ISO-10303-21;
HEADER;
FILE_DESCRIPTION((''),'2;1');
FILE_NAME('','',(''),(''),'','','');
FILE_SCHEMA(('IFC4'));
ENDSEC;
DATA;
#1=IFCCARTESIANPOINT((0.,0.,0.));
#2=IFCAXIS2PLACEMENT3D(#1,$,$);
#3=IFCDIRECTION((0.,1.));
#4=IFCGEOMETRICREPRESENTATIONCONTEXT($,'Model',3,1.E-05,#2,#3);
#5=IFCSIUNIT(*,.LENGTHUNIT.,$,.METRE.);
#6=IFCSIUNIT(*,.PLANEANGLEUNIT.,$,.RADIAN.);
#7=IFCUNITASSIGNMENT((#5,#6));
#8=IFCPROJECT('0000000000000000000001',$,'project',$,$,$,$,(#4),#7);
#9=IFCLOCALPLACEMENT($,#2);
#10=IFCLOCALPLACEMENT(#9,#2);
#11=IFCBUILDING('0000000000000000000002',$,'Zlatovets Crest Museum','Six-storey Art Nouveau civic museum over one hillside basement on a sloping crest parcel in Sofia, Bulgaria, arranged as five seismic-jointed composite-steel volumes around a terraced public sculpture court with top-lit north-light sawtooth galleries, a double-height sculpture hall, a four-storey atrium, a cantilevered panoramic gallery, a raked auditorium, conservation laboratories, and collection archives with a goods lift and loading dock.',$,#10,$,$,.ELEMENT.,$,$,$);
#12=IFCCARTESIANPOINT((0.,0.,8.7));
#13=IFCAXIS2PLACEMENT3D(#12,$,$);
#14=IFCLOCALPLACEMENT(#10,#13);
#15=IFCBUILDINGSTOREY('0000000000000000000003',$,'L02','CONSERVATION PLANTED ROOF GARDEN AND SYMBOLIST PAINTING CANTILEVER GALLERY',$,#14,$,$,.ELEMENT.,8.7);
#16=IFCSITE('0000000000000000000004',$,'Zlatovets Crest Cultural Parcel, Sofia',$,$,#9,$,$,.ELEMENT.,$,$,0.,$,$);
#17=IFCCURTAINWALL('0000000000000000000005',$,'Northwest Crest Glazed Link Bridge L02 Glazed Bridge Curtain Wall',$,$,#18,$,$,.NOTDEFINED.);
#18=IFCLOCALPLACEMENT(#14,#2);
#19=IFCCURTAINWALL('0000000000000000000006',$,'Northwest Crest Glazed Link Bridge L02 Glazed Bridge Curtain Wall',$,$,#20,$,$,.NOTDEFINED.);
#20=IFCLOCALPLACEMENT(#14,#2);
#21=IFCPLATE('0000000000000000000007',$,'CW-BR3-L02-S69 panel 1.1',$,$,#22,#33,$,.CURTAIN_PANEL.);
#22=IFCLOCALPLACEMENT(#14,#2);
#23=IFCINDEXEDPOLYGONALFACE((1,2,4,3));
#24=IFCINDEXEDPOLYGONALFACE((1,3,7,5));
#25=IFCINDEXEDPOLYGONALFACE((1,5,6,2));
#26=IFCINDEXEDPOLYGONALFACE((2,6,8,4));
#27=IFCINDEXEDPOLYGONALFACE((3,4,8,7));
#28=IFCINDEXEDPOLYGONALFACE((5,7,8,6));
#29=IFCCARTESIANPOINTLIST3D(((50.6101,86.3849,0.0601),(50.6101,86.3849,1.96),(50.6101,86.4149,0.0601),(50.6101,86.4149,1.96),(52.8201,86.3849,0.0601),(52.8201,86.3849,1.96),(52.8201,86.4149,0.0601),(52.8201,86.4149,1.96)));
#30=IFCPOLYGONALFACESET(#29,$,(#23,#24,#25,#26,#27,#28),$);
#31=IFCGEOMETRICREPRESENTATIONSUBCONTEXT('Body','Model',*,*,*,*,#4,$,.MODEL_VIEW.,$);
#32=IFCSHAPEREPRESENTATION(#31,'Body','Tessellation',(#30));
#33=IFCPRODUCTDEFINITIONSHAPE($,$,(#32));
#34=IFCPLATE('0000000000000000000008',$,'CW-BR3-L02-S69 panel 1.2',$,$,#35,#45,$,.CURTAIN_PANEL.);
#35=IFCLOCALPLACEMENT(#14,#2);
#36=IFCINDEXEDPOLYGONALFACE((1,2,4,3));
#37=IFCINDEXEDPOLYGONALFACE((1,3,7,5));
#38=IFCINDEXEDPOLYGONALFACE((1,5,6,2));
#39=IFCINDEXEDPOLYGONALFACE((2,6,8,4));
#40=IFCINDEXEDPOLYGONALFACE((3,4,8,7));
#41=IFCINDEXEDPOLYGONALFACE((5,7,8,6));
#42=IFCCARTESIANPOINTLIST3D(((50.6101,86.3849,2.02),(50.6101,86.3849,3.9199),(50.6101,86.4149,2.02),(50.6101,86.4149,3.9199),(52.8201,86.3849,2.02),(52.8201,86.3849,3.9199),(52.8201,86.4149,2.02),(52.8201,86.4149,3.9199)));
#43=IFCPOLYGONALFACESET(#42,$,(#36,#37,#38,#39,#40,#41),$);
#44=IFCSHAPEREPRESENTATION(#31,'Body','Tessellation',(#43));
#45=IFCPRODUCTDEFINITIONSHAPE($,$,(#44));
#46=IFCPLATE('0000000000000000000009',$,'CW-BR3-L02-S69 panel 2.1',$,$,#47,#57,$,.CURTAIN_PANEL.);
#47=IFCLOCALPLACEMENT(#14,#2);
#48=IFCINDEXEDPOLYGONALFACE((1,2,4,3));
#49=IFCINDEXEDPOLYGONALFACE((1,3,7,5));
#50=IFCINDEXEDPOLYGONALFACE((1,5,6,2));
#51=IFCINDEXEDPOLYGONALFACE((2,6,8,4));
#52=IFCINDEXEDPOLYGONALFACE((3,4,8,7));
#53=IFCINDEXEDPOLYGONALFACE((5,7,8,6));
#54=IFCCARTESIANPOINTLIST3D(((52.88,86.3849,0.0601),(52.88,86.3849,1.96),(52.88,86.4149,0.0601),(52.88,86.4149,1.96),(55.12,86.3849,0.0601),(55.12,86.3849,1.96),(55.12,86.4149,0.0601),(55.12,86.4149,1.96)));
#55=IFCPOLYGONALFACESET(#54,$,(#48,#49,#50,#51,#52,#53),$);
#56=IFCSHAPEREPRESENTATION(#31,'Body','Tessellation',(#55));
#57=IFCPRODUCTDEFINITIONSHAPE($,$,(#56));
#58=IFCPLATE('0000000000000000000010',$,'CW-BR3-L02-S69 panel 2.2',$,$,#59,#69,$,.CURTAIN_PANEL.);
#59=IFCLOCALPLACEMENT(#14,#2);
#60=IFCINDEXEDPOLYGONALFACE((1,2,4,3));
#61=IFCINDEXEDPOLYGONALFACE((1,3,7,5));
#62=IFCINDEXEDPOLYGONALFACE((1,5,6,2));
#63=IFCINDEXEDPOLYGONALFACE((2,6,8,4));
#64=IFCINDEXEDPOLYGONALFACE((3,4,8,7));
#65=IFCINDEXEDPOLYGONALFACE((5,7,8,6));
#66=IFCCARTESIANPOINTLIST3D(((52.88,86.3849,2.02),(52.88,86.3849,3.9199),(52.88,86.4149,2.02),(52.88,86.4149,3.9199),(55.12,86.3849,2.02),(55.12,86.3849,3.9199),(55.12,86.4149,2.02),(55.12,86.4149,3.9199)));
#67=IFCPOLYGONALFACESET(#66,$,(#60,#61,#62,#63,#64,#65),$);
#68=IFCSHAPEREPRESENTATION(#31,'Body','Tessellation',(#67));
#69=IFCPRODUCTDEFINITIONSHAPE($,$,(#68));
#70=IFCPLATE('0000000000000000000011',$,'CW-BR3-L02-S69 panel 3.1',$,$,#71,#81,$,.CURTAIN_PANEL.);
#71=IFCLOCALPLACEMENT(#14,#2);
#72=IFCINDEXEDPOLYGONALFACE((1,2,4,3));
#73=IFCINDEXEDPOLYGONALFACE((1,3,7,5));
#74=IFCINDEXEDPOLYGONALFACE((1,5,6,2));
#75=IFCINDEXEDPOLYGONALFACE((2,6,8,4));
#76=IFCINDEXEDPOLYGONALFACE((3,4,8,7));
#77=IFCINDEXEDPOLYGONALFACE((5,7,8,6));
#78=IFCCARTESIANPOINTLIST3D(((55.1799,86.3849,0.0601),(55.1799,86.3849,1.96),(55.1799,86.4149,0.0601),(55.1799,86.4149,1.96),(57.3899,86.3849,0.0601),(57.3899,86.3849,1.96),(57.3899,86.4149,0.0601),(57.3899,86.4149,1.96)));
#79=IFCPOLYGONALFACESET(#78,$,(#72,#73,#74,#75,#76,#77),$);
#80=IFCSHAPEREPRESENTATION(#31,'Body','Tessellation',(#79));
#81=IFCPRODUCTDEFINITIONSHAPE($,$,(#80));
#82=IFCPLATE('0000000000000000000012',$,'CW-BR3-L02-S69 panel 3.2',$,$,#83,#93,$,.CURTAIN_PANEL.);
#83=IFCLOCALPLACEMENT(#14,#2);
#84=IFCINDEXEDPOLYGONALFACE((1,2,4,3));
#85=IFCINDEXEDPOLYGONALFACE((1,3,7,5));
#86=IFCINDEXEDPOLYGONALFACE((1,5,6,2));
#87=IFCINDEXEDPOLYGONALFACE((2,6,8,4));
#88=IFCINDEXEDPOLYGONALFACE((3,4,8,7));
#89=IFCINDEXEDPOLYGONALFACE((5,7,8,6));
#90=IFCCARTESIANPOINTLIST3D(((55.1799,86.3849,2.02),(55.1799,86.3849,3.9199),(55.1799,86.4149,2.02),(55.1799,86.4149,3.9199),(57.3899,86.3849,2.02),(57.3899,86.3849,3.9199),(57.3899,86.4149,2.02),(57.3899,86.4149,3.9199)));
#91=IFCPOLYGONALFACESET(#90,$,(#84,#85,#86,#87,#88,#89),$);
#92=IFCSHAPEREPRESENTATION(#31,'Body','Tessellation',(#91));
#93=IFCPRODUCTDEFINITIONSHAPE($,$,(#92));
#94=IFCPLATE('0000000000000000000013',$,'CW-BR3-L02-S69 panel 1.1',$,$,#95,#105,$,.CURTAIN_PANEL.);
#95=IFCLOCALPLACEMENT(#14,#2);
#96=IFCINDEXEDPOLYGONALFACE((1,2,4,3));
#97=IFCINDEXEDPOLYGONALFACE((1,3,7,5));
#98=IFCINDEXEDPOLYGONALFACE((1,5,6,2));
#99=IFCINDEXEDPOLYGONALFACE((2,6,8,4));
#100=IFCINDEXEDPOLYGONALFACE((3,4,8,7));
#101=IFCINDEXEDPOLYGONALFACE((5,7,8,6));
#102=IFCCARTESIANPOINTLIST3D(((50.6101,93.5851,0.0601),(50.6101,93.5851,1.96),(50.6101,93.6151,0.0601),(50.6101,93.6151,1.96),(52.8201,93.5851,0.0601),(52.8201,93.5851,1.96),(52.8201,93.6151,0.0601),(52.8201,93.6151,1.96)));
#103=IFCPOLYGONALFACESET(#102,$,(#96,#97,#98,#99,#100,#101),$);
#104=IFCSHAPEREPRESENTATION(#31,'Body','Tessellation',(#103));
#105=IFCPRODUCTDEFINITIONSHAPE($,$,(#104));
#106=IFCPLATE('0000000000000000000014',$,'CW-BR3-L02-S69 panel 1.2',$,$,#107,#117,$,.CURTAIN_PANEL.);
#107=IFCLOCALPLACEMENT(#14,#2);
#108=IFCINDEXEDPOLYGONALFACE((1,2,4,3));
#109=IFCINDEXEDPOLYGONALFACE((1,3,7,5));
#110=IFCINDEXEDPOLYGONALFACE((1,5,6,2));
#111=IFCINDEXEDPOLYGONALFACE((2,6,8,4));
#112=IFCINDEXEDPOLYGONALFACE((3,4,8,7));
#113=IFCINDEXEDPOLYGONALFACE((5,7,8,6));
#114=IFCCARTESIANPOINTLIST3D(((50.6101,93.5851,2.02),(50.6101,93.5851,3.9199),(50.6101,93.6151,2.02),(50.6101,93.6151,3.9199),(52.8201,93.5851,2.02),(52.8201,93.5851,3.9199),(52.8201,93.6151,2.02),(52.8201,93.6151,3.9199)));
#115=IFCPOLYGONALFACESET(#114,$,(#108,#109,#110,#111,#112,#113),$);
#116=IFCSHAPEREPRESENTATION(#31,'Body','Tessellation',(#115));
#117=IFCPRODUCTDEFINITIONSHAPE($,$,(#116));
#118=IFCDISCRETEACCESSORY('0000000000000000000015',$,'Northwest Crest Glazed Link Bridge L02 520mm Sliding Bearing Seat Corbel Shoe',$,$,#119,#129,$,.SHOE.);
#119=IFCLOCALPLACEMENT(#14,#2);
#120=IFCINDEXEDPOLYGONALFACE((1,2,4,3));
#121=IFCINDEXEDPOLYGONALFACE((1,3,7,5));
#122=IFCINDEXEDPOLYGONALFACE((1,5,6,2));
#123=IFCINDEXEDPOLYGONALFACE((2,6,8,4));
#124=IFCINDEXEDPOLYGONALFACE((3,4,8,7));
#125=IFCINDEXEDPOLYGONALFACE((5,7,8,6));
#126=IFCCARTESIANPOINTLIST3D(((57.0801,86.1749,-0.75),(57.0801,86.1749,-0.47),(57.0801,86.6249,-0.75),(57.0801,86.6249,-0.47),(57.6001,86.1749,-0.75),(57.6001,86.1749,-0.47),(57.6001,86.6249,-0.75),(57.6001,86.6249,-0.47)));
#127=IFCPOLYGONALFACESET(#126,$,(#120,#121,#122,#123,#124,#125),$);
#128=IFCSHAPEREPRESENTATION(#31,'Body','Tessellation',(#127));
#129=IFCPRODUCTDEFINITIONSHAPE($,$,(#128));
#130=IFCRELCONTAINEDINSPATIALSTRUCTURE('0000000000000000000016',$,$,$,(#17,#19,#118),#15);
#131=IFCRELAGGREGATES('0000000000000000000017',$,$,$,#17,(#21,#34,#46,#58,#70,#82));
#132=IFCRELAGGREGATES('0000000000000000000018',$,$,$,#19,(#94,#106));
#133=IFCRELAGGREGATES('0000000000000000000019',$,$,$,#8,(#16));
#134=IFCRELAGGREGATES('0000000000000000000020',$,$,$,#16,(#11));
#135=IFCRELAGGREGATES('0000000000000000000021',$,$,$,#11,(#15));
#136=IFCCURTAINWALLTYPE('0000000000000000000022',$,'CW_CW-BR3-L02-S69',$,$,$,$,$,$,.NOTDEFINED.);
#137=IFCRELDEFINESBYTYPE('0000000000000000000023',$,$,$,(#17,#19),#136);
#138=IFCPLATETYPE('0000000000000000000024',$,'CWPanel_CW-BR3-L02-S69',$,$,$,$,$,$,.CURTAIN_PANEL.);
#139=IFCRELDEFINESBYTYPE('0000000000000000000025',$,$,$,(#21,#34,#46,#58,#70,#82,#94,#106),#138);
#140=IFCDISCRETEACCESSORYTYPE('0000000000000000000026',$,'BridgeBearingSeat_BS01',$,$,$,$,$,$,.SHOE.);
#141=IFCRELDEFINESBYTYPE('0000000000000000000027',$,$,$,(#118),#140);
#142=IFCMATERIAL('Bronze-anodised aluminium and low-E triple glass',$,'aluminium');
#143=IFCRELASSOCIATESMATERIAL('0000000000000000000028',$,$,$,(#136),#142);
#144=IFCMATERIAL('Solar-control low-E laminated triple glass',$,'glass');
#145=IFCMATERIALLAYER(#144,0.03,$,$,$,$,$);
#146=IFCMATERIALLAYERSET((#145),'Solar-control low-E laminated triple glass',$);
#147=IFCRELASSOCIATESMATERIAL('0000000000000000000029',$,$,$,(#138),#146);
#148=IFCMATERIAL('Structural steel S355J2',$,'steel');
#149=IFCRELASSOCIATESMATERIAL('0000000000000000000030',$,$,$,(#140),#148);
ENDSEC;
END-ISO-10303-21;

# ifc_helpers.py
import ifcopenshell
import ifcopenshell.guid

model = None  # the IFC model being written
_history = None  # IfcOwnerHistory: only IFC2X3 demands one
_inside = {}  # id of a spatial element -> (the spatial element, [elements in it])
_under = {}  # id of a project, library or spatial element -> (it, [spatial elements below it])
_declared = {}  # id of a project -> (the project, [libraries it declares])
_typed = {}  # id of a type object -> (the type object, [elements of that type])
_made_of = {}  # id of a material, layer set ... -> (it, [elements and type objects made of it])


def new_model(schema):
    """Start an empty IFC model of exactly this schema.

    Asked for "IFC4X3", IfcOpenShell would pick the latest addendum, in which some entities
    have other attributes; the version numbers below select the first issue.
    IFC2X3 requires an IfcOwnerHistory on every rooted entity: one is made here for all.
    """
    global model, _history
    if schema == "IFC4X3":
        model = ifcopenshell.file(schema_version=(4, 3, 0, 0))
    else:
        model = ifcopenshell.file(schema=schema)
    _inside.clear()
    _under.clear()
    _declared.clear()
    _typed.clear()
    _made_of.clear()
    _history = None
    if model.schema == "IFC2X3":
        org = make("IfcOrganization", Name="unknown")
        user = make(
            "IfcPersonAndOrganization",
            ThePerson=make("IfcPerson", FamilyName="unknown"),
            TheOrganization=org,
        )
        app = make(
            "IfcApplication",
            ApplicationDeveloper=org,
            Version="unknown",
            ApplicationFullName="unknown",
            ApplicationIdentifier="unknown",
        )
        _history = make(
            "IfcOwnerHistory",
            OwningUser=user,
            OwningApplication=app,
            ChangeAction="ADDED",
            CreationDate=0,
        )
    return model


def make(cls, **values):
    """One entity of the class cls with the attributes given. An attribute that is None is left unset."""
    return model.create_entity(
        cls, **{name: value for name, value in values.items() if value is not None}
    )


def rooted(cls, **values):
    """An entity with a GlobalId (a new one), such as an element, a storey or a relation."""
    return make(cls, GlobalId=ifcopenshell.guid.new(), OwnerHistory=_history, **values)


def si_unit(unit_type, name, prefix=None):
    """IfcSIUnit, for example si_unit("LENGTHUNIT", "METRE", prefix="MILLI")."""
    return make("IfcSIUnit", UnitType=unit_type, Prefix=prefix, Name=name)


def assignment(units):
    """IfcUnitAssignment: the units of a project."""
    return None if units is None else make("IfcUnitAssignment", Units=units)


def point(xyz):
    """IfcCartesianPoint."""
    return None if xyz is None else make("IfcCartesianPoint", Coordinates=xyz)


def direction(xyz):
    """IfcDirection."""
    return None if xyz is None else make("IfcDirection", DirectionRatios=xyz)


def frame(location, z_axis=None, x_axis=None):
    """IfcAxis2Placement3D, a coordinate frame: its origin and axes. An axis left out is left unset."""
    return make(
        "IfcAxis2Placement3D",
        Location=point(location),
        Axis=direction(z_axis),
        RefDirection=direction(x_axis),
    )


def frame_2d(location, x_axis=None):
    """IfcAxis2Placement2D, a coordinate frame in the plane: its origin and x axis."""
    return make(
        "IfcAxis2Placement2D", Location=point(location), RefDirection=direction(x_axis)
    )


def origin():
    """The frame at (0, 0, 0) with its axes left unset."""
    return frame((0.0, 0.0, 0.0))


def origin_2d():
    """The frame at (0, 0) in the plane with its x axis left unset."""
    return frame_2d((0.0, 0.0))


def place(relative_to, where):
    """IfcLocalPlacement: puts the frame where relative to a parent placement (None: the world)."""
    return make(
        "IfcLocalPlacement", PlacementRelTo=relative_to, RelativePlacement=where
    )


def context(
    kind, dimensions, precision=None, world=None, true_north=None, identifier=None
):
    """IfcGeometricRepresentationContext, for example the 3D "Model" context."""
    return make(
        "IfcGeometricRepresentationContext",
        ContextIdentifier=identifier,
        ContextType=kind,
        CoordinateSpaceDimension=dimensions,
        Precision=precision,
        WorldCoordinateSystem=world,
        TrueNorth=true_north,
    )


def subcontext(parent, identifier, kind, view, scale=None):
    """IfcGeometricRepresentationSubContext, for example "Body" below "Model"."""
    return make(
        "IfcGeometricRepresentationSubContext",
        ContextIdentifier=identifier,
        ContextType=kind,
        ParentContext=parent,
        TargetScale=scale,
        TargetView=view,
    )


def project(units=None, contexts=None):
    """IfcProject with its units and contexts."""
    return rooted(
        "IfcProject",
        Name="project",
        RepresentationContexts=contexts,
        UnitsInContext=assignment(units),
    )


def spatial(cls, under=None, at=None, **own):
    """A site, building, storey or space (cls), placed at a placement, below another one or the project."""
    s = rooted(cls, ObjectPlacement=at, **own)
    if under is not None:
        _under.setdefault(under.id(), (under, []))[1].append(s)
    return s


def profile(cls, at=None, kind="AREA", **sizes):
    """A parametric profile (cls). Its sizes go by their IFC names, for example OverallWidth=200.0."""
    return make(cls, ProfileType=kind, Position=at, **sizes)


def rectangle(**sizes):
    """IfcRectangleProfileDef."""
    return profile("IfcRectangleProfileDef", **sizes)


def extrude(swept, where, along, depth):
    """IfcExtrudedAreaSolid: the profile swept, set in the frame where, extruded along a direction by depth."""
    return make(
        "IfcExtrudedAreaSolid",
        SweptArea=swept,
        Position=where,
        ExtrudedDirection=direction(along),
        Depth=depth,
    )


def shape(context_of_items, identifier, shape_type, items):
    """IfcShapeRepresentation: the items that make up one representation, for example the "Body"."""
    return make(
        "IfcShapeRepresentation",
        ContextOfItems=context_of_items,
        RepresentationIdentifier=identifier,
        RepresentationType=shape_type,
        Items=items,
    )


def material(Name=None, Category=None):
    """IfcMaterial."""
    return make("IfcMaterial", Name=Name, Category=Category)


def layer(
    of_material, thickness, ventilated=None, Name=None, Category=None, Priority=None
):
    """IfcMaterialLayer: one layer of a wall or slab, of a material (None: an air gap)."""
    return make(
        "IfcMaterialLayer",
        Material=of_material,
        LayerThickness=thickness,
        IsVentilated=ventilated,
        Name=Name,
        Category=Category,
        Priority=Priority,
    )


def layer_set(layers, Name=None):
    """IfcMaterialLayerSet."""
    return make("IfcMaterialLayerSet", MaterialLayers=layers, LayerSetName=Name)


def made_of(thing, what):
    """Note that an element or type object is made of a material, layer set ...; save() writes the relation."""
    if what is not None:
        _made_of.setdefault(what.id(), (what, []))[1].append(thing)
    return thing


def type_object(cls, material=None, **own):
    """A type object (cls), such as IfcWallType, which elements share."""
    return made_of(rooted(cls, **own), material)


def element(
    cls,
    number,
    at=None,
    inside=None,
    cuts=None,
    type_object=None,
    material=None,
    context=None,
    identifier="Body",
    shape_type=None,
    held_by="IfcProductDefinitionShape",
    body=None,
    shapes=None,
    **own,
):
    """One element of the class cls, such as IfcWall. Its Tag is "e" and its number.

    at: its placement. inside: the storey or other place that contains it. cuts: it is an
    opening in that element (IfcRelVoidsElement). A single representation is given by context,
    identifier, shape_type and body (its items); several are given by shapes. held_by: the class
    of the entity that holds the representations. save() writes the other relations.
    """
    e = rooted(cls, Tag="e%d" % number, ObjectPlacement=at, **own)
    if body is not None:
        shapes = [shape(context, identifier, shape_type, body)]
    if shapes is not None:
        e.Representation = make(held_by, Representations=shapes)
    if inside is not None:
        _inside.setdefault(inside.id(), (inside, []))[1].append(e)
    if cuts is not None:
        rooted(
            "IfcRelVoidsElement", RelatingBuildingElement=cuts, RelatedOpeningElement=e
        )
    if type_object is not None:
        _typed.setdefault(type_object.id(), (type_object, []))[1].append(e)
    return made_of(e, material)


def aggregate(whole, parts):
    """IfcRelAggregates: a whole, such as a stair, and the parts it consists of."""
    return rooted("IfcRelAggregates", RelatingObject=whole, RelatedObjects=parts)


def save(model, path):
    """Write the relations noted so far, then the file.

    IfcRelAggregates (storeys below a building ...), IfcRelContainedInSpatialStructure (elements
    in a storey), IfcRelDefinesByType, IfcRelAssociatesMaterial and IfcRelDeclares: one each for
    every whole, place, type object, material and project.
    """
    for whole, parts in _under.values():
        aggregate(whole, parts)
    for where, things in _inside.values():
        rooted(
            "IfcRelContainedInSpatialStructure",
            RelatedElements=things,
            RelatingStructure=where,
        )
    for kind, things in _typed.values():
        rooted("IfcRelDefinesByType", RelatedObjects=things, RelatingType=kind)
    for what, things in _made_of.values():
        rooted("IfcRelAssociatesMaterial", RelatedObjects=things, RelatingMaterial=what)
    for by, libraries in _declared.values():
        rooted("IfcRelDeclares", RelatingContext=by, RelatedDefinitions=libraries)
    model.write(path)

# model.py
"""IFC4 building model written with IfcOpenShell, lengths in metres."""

from ifc_helpers import new_model, si_unit, direction, frame, origin, origin_2d, place, context, subcontext, project, spatial, rectangle, extrude, material, layer, layer_set, type_object, element, aggregate, save


model = new_model("IFC4")

# Units and contexts
model_context = context("Model", 3, precision=1e-05, world=origin(), true_north=direction((0.0, 1.0)))
body_context = subcontext(model_context, "Body", "Model", "MODEL_VIEW")
ifc_project = project(units=[si_unit("LENGTHUNIT", "METRE"), si_unit("PLANEANGLEUNIT", "RADIAN")], contexts=[model_context])

# Site, building, storey
site_placement = place(None, origin())
site = spatial("IfcSite", under=ifc_project, at=site_placement, Name="Zlatovets Crest Cultural Parcel, Sofia", CompositionType="ELEMENT", RefElevation=0.0)
building_placement = place(site_placement, origin())
building = spatial("IfcBuilding", under=site, at=building_placement, Name="Zlatovets Crest Museum", Description="Six-storey Art Nouveau civic museum over one hillside basement on a sloping crest parcel in Sofia, Bulgaria, arranged as five seismic-jointed composite-steel volumes around a terraced public sculpture court with top-lit north-light sawtooth galleries, a double-height sculpture hall, a four-storey atrium, a cantilevered panoramic gallery, a raked auditorium, conservation laboratories, and collection archives with a goods lift and loading dock.", CompositionType="ELEMENT")
storey_placement = place(building_placement, frame((0.0, 0.0, 8.7)))
storey = spatial("IfcBuildingStorey", under=building, at=storey_placement, Name="L02", Description="CONSERVATION PLANTED ROOF GARDEN AND SYMBOLIST PAINTING CANTILEVER GALLERY", CompositionType="ELEMENT", Elevation=8.7)

# Shared definitions
ifc_material_1 = material(Name="Structural steel S355J2", Category="steel")

# Curtain walls
ifc_material_2 = material(Name="Bronze-anodised aluminium and low-E triple glass", Category="aluminium")
curtain_wall_type = type_object("IfcCurtainWallType", Name="CW_CW-BR3-L02-S69", PredefinedType="NOTDEFINED", material=ifc_material_2)
curtain_wall_1_placement = place(storey_placement, origin())
curtain_wall_1 = element("IfcCurtainWall", 1, at=curtain_wall_1_placement, inside=storey, type_object=curtain_wall_type, Name="Northwest Crest Glazed Link Bridge L02 Glazed Bridge Curtain Wall", PredefinedType="NOTDEFINED")
curtain_wall_2_placement = place(storey_placement, origin())
curtain_wall_2 = element("IfcCurtainWall", 2, at=curtain_wall_2_placement, inside=storey, type_object=curtain_wall_type, Name="Northwest Crest Glazed Link Bridge L02 Glazed Bridge Curtain Wall", PredefinedType="NOTDEFINED")

# Plates
ifc_material_3 = material(Name="Solar-control low-E laminated triple glass", Category="glass")
ifc_layer = layer(ifc_material_3, 0.03)
ifc_layer_set = layer_set([ifc_layer], Name="Solar-control low-E laminated triple glass")
plate_type = type_object("IfcPlateType", Name="CWPanel_CW-BR3-L02-S69", PredefinedType="CURTAIN_PANEL", material=ifc_layer_set)
plate_1_placement = place(storey_placement, frame((51.7151, 86.3999, 0.0601), z_axis=(0.0, 0.0, 1.0), x_axis=(1.0, 0.0, 0.0)))
plate_1 = element("IfcPlate", 3, at=plate_1_placement, type_object=plate_type, Name="CW-BR3-L02-S69 panel 1.1", PredefinedType="CURTAIN_PANEL", context=body_context, shape_type="SweptSolid", body=[
    extrude(rectangle(XDim=2.21, YDim=0.03, at=origin_2d()), origin(), (0.0, 0.0, 1.0), 1.8999),
])
plate_2_placement = place(storey_placement, frame((51.7151, 86.3999, 2.02), z_axis=(0.0, 0.0, 1.0), x_axis=(1.0, 0.0, 0.0)))
plate_2 = element("IfcPlate", 4, at=plate_2_placement, type_object=plate_type, Name="CW-BR3-L02-S69 panel 1.2", PredefinedType="CURTAIN_PANEL", context=body_context, shape_type="SweptSolid", body=[
    extrude(rectangle(XDim=2.21, YDim=0.03, at=origin_2d()), origin(), (0.0, 0.0, 1.0), 1.8999),
])
plate_3_placement = place(storey_placement, frame((54.0, 86.3999, 0.0601), z_axis=(0.0, 0.0, 1.0), x_axis=(1.0, 0.0, 0.0)))
plate_3 = element("IfcPlate", 5, at=plate_3_placement, type_object=plate_type, Name="CW-BR3-L02-S69 panel 2.1", PredefinedType="CURTAIN_PANEL", context=body_context, shape_type="SweptSolid", body=[
    extrude(rectangle(XDim=2.24, YDim=0.03, at=origin_2d()), origin(), (0.0, 0.0, 1.0), 1.8999),
])
plate_4_placement = place(storey_placement, frame((54.0, 86.3999, 2.02), z_axis=(0.0, 0.0, 1.0), x_axis=(1.0, 0.0, 0.0)))
plate_4 = element("IfcPlate", 6, at=plate_4_placement, type_object=plate_type, Name="CW-BR3-L02-S69 panel 2.2", PredefinedType="CURTAIN_PANEL", context=body_context, shape_type="SweptSolid", body=[
    extrude(rectangle(XDim=2.24, YDim=0.03, at=origin_2d()), origin(), (0.0, 0.0, 1.0), 1.8999),
])
plate_5_placement = place(storey_placement, frame((56.2849, 86.3999, 0.0601), z_axis=(0.0, 0.0, 1.0), x_axis=(1.0, 0.0, 0.0)))
plate_5 = element("IfcPlate", 7, at=plate_5_placement, type_object=plate_type, Name="CW-BR3-L02-S69 panel 3.1", PredefinedType="CURTAIN_PANEL", context=body_context, shape_type="SweptSolid", body=[
    extrude(rectangle(XDim=2.21, YDim=0.03, at=origin_2d()), origin(), (0.0, 0.0, 1.0), 1.8999),
])
plate_6_placement = place(storey_placement, frame((56.2849, 86.3999, 2.02), z_axis=(0.0, 0.0, 1.0), x_axis=(1.0, 0.0, 0.0)))
plate_6 = element("IfcPlate", 8, at=plate_6_placement, type_object=plate_type, Name="CW-BR3-L02-S69 panel 3.2", PredefinedType="CURTAIN_PANEL", context=body_context, shape_type="SweptSolid", body=[
    extrude(rectangle(XDim=2.21, YDim=0.03, at=origin_2d()), origin(), (0.0, 0.0, 1.0), 1.8999),
])
aggregate(curtain_wall_1, [plate_1, plate_2, plate_3, plate_4, plate_5, plate_6])
plate_7_placement = place(storey_placement, frame((51.7151, 93.6001, 0.0601), z_axis=(0.0, 0.0, 1.0), x_axis=(1.0, 0.0, 0.0)))
plate_7 = element("IfcPlate", 9, at=plate_7_placement, type_object=plate_type, Name="CW-BR3-L02-S69 panel 1.1", PredefinedType="CURTAIN_PANEL", context=body_context, shape_type="SweptSolid", body=[
    extrude(rectangle(XDim=2.21, YDim=0.03, at=origin_2d()), origin(), (0.0, 0.0, 1.0), 1.8999),
])
plate_8_placement = place(storey_placement, frame((51.7151, 93.6001, 2.02), z_axis=(0.0, 0.0, 1.0), x_axis=(1.0, 0.0, 0.0)))
plate_8 = element("IfcPlate", 10, at=plate_8_placement, type_object=plate_type, Name="CW-BR3-L02-S69 panel 1.2", PredefinedType="CURTAIN_PANEL", context=body_context, shape_type="SweptSolid", body=[
    extrude(rectangle(XDim=2.21, YDim=0.03, at=origin_2d()), origin(), (0.0, 0.0, 1.0), 1.8999),
])
aggregate(curtain_wall_2, [plate_7, plate_8])

# Discrete accessory
discrete_accessory_type = type_object("IfcDiscreteAccessoryType", Name="BridgeBearingSeat_BS01", PredefinedType="SHOE", material=ifc_material_1)
discrete_accessory_placement = place(storey_placement, frame((57.3401, 86.3999, -0.75), z_axis=(0.0, 0.0, 1.0), x_axis=(1.0, 0.0, 0.0)))
element("IfcDiscreteAccessory", 11, at=discrete_accessory_placement, inside=storey, type_object=discrete_accessory_type, Name="Northwest Crest Glazed Link Bridge L02 520mm Sliding Bearing Seat Corbel Shoe", PredefinedType="SHOE", context=body_context, shape_type="SweptSolid", body=[
    extrude(rectangle(XDim=0.52, YDim=0.45, at=origin_2d()), origin(), (0.0, 0.0, 1.0), 0.28),
])

save(model, "model.ifc")
